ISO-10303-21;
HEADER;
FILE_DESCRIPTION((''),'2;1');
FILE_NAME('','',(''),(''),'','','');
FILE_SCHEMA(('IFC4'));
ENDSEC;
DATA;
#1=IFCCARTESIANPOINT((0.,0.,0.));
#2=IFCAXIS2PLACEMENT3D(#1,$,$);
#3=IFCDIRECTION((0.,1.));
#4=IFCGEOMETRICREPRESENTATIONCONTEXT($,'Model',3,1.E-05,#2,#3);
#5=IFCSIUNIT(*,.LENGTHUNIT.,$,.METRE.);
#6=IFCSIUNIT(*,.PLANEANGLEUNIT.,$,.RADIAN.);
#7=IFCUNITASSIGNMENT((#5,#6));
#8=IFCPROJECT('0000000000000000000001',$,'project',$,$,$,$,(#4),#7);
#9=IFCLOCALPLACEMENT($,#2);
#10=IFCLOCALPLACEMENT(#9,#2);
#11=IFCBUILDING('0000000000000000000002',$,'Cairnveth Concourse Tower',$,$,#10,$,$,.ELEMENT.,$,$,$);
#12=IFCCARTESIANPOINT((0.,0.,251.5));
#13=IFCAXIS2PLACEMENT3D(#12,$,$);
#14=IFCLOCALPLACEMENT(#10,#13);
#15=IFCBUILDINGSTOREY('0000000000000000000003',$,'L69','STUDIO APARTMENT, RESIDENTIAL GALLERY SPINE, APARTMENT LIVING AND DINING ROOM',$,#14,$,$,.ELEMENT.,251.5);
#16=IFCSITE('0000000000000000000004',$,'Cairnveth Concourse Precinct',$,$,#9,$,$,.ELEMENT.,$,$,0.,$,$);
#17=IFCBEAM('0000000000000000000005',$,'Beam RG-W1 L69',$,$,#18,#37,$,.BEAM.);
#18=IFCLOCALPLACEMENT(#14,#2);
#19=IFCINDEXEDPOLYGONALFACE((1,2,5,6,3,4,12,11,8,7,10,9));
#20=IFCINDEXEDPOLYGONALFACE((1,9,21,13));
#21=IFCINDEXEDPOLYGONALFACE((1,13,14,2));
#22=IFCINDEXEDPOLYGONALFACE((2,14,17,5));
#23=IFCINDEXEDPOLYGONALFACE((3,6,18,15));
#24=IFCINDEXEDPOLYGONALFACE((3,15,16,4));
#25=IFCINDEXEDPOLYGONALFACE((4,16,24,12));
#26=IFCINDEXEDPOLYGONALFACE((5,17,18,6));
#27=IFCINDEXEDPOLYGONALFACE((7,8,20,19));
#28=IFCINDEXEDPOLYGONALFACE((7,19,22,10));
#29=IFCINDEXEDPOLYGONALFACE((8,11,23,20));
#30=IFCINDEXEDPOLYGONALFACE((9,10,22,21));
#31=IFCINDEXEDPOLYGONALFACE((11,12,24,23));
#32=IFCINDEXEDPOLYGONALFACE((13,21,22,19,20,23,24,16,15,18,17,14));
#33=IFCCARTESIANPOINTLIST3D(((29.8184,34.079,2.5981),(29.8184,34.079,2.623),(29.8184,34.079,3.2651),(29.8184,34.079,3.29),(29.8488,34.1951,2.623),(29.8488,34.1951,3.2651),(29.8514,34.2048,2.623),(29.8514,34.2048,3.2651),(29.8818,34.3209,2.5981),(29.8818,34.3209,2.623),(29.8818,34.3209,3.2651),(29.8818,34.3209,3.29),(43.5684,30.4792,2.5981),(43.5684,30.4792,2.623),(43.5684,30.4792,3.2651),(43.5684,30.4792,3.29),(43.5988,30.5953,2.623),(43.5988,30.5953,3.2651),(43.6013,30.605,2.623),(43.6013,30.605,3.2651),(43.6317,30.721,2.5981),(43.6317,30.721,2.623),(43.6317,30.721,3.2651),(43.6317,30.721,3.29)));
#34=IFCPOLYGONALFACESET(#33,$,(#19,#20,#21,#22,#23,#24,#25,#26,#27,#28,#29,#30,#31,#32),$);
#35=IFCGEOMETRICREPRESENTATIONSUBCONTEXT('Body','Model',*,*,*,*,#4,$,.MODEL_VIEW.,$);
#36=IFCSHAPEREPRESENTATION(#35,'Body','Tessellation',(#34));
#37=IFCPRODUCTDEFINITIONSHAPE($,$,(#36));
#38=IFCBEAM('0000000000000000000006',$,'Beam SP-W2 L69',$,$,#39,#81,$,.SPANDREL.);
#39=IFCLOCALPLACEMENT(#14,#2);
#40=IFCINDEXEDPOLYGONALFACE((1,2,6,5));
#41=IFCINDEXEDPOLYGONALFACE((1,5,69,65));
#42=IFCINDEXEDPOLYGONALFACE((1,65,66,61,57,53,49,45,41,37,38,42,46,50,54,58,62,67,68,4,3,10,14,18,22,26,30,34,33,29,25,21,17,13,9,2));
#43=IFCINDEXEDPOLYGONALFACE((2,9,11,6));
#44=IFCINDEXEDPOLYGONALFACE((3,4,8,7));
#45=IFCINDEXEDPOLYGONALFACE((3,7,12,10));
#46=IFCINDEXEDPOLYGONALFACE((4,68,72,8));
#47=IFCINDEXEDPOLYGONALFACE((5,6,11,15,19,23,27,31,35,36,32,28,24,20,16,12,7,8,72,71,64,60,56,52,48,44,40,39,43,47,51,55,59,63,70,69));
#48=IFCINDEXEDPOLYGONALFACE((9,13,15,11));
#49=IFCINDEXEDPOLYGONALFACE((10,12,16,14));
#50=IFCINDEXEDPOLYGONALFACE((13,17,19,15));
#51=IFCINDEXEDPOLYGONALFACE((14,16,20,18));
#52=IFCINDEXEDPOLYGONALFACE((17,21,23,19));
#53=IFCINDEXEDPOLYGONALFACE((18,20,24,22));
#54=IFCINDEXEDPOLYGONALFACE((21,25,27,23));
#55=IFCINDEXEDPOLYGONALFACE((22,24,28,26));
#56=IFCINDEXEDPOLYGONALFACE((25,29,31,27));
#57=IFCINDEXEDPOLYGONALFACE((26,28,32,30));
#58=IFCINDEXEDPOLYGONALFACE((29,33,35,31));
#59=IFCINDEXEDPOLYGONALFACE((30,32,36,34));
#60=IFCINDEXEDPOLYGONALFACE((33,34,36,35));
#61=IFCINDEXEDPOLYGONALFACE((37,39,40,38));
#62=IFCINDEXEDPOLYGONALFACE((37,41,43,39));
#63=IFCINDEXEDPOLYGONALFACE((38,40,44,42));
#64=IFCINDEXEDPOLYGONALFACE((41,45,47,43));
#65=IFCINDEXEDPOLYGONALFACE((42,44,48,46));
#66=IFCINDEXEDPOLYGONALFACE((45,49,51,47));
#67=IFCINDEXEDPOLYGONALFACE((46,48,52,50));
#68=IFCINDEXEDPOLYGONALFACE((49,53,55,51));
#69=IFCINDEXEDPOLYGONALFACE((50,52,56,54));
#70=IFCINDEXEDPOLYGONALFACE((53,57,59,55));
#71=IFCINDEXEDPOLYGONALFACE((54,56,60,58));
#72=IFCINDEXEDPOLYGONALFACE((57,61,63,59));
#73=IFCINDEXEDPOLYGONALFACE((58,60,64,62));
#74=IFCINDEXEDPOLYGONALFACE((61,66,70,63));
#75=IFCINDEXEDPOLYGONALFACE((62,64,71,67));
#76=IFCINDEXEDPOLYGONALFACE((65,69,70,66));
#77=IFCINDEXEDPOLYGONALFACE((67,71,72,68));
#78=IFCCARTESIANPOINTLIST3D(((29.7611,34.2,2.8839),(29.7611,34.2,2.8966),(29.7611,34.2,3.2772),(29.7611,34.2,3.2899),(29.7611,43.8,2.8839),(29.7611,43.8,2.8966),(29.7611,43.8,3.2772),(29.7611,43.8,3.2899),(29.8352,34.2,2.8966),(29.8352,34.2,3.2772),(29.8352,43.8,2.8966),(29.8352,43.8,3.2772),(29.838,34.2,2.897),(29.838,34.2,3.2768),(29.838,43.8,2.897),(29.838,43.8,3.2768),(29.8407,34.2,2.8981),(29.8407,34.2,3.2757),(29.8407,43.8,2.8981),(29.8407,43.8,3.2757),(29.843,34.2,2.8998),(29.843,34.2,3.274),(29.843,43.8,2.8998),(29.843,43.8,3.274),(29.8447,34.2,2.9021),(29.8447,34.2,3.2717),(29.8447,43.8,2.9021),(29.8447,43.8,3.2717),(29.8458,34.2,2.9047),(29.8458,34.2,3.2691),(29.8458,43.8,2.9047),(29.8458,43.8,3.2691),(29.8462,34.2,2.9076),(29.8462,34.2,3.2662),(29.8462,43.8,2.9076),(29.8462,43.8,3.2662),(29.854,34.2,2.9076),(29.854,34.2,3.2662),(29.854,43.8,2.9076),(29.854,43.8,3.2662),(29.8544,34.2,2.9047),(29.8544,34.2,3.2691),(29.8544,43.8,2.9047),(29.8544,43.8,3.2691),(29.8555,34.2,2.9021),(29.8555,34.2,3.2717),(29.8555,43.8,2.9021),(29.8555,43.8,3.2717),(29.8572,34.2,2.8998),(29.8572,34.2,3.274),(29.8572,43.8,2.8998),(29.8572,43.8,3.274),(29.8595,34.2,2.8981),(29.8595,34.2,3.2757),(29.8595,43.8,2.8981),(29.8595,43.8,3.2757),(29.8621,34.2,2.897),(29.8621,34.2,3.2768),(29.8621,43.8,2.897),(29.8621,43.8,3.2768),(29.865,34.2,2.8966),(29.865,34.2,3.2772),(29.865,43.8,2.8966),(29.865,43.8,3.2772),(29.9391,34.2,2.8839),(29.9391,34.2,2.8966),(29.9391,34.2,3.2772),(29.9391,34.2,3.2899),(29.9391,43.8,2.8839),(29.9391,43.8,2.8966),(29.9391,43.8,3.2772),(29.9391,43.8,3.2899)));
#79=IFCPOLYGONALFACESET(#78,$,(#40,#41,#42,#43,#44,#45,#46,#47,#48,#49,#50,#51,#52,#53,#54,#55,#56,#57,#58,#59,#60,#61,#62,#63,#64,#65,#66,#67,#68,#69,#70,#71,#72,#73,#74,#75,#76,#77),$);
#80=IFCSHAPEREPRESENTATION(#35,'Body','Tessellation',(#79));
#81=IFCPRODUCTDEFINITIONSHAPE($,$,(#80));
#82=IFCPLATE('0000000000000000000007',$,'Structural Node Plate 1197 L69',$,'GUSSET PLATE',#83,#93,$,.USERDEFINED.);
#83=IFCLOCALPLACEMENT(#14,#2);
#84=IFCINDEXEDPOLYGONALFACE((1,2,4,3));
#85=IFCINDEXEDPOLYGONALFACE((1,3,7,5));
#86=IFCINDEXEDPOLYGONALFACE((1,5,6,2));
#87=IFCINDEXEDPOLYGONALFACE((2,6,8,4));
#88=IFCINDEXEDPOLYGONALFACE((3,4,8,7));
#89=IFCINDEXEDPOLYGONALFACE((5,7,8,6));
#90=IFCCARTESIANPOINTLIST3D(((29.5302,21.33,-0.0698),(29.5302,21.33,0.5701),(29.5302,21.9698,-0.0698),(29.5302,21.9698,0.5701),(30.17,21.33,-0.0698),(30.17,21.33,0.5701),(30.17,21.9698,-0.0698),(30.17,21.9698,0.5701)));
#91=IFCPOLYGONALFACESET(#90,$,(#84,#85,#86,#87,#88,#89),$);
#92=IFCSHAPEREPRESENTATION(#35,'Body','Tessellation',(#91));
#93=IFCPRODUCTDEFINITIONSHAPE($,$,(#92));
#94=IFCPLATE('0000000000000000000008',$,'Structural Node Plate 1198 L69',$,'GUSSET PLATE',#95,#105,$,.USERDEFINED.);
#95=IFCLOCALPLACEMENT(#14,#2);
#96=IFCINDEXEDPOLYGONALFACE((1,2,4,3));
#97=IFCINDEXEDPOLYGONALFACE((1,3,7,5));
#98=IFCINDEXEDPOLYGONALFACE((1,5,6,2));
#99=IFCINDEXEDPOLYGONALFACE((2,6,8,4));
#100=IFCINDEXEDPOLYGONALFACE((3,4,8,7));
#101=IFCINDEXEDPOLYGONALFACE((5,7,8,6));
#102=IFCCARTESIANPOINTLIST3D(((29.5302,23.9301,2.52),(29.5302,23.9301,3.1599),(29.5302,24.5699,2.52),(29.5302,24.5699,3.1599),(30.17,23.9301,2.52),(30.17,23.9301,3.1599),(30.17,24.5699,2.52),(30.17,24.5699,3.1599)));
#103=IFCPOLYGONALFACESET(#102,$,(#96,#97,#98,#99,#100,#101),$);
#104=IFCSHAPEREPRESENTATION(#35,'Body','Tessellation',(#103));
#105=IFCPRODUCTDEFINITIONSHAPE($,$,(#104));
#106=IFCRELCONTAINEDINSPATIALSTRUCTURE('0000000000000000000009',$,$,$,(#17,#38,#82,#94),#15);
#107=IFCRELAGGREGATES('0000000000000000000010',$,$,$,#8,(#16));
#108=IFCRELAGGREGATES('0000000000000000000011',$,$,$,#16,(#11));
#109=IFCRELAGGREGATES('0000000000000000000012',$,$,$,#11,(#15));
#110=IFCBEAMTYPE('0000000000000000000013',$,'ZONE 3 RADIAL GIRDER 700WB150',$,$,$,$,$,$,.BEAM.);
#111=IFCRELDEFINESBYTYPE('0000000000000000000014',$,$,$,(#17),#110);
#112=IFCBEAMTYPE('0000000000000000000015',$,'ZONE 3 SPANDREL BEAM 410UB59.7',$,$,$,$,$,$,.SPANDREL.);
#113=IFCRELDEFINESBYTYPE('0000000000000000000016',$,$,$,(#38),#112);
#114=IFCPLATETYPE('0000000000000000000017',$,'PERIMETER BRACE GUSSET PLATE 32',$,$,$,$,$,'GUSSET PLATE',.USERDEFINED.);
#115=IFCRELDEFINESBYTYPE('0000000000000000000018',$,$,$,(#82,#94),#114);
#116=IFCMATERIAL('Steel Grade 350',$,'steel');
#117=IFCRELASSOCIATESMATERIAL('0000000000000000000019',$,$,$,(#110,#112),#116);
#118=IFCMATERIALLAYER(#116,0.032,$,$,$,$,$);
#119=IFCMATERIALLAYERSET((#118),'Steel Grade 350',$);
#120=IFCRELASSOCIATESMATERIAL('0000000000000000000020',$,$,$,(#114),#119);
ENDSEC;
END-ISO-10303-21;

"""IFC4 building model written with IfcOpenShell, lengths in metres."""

from ifc_helpers import new_model, si_unit, direction, frame, origin, origin_2d, place, context, subcontext, project, spatial, rectangle, i_section, extrude, material, layer, layer_set, material_profile, profile_set, type_object, element, save


model = new_model("IFC4")

# Units and contexts
model_context = context("Model", 3, precision=1e-05, world=origin(), true_north=direction((0.0, 1.0)))
body_context = subcontext(model_context, "Body", "Model", "MODEL_VIEW")
ifc_project = project(units=[si_unit("LENGTHUNIT", "METRE"), si_unit("PLANEANGLEUNIT", "RADIAN")], contexts=[model_context])

# Site, building, storey
site_placement = place(None, origin())
site = spatial("IfcSite", under=ifc_project, at=site_placement, Name="Cairnveth Concourse Precinct", CompositionType="ELEMENT", RefElevation=0.0)
building_placement = place(site_placement, origin())
building = spatial("IfcBuilding", under=site, at=building_placement, Name="Cairnveth Concourse Tower", CompositionType="ELEMENT")
storey_placement = place(building_placement, frame((0.0, 0.0, 251.5)))
storey = spatial("IfcBuildingStorey", under=building, at=storey_placement, Name="L69", Description="STUDIO APARTMENT, RESIDENTIAL GALLERY SPINE, APARTMENT LIVING AND DINING ROOM", CompositionType="ELEMENT", Elevation=251.5)

# Shared definitions
ifc_material_1 = material(Name="Steel Grade 350", Category="steel")

# Beams
ifc_material_profile_1 = material_profile(ifc_material_1, i_section(OverallWidth=0.25, OverallDepth=0.6919, WebThickness=0.01, FlangeThickness=0.0249, at=origin_2d()), Name="700WB150")
ifc_profile_set_1 = profile_set([ifc_material_profile_1], Name="Steel Grade 350")
beam_type_1 = type_object("IfcBeamType", Name="ZONE 3 RADIAL GIRDER 700WB150", PredefinedType="BEAM", material=ifc_profile_set_1)
beam_1_placement = place(storey_placement, frame((29.8501, 34.2, 2.9441), z_axis=(0.967395, -0.253271, 0.0), x_axis=(0.253271, 0.967395, 0.0)))
element("IfcBeam", 1, at=beam_1_placement, inside=storey, type_object=beam_type_1, Name="Beam RG-W1 L69", PredefinedType="BEAM", context=body_context, shape_type="SweptSolid", body=[
    extrude(i_section(OverallWidth=0.25, OverallDepth=0.6919, WebThickness=0.01, FlangeThickness=0.0249, at=origin_2d()), origin(), (0.0, 0.0, 1.0), 14.2134),
])
ifc_material_profile_2 = material_profile(ifc_material_1, i_section(OverallWidth=0.178, OverallDepth=0.406, WebThickness=0.0078, FlangeThickness=0.0127, FilletRadius=0.011, at=origin_2d()), Name="410UB59.7")
ifc_profile_set_2 = profile_set([ifc_material_profile_2], Name="Steel Grade 350")
beam_type_2 = type_object("IfcBeamType", Name="ZONE 3 SPANDREL BEAM 410UB59.7", PredefinedType="SPANDREL", material=ifc_profile_set_2)
beam_2_placement = place(storey_placement, frame((29.8501, 34.2, 3.0869), z_axis=(0.0, 1.0, 0.0), x_axis=(-1.0, 0.0, 0.0)))
element("IfcBeam", 2, at=beam_2_placement, inside=storey, type_object=beam_type_2, Name="Beam SP-W2 L69", PredefinedType="SPANDREL", context=body_context, shape_type="SweptSolid", body=[
    extrude(i_section(OverallWidth=0.178, OverallDepth=0.406, WebThickness=0.0078, FlangeThickness=0.0127, FilletRadius=0.011, at=origin_2d()), origin(), (0.0, 0.0, 1.0), 9.6001),
])

# Plates
ifc_layer_1 = layer(ifc_material_1, 0.032)
ifc_layer_set_1 = layer_set([ifc_layer_1], Name="Steel Grade 350")
plate_type = type_object("IfcPlateType", Name="PERIMETER BRACE GUSSET PLATE 32", ElementType="GUSSET PLATE", PredefinedType="USERDEFINED", material=ifc_layer_set_1)
for number, where, z_axis, x_axis, name in (
    (3, (29.8501, 21.6499, -0.0698), (0.0, 0.0, 1.0), (1.0, 0.0, 0.0), "Structural Node Plate 1197 L69"),
    (4, (29.8501, 24.25, 2.52), (0.0, 0.0, 1.0), (1.0, 0.0, 0.0), "Structural Node Plate 1198 L69"),
):
    element("IfcPlate", number, at=place(storey_placement, frame(where, z_axis=z_axis, x_axis=x_axis)), inside=storey, type_object=plate_type, Name=name, ObjectType="GUSSET PLATE", PredefinedType="USERDEFINED", context=body_context, shape_type="SweptSolid", body=[
        extrude(rectangle(XDim=0.6399, YDim=0.6399, at=origin_2d()), origin(), (0.0, 0.0, 1.0), 0.6399),
    ])

save(model, "model.ifc")
